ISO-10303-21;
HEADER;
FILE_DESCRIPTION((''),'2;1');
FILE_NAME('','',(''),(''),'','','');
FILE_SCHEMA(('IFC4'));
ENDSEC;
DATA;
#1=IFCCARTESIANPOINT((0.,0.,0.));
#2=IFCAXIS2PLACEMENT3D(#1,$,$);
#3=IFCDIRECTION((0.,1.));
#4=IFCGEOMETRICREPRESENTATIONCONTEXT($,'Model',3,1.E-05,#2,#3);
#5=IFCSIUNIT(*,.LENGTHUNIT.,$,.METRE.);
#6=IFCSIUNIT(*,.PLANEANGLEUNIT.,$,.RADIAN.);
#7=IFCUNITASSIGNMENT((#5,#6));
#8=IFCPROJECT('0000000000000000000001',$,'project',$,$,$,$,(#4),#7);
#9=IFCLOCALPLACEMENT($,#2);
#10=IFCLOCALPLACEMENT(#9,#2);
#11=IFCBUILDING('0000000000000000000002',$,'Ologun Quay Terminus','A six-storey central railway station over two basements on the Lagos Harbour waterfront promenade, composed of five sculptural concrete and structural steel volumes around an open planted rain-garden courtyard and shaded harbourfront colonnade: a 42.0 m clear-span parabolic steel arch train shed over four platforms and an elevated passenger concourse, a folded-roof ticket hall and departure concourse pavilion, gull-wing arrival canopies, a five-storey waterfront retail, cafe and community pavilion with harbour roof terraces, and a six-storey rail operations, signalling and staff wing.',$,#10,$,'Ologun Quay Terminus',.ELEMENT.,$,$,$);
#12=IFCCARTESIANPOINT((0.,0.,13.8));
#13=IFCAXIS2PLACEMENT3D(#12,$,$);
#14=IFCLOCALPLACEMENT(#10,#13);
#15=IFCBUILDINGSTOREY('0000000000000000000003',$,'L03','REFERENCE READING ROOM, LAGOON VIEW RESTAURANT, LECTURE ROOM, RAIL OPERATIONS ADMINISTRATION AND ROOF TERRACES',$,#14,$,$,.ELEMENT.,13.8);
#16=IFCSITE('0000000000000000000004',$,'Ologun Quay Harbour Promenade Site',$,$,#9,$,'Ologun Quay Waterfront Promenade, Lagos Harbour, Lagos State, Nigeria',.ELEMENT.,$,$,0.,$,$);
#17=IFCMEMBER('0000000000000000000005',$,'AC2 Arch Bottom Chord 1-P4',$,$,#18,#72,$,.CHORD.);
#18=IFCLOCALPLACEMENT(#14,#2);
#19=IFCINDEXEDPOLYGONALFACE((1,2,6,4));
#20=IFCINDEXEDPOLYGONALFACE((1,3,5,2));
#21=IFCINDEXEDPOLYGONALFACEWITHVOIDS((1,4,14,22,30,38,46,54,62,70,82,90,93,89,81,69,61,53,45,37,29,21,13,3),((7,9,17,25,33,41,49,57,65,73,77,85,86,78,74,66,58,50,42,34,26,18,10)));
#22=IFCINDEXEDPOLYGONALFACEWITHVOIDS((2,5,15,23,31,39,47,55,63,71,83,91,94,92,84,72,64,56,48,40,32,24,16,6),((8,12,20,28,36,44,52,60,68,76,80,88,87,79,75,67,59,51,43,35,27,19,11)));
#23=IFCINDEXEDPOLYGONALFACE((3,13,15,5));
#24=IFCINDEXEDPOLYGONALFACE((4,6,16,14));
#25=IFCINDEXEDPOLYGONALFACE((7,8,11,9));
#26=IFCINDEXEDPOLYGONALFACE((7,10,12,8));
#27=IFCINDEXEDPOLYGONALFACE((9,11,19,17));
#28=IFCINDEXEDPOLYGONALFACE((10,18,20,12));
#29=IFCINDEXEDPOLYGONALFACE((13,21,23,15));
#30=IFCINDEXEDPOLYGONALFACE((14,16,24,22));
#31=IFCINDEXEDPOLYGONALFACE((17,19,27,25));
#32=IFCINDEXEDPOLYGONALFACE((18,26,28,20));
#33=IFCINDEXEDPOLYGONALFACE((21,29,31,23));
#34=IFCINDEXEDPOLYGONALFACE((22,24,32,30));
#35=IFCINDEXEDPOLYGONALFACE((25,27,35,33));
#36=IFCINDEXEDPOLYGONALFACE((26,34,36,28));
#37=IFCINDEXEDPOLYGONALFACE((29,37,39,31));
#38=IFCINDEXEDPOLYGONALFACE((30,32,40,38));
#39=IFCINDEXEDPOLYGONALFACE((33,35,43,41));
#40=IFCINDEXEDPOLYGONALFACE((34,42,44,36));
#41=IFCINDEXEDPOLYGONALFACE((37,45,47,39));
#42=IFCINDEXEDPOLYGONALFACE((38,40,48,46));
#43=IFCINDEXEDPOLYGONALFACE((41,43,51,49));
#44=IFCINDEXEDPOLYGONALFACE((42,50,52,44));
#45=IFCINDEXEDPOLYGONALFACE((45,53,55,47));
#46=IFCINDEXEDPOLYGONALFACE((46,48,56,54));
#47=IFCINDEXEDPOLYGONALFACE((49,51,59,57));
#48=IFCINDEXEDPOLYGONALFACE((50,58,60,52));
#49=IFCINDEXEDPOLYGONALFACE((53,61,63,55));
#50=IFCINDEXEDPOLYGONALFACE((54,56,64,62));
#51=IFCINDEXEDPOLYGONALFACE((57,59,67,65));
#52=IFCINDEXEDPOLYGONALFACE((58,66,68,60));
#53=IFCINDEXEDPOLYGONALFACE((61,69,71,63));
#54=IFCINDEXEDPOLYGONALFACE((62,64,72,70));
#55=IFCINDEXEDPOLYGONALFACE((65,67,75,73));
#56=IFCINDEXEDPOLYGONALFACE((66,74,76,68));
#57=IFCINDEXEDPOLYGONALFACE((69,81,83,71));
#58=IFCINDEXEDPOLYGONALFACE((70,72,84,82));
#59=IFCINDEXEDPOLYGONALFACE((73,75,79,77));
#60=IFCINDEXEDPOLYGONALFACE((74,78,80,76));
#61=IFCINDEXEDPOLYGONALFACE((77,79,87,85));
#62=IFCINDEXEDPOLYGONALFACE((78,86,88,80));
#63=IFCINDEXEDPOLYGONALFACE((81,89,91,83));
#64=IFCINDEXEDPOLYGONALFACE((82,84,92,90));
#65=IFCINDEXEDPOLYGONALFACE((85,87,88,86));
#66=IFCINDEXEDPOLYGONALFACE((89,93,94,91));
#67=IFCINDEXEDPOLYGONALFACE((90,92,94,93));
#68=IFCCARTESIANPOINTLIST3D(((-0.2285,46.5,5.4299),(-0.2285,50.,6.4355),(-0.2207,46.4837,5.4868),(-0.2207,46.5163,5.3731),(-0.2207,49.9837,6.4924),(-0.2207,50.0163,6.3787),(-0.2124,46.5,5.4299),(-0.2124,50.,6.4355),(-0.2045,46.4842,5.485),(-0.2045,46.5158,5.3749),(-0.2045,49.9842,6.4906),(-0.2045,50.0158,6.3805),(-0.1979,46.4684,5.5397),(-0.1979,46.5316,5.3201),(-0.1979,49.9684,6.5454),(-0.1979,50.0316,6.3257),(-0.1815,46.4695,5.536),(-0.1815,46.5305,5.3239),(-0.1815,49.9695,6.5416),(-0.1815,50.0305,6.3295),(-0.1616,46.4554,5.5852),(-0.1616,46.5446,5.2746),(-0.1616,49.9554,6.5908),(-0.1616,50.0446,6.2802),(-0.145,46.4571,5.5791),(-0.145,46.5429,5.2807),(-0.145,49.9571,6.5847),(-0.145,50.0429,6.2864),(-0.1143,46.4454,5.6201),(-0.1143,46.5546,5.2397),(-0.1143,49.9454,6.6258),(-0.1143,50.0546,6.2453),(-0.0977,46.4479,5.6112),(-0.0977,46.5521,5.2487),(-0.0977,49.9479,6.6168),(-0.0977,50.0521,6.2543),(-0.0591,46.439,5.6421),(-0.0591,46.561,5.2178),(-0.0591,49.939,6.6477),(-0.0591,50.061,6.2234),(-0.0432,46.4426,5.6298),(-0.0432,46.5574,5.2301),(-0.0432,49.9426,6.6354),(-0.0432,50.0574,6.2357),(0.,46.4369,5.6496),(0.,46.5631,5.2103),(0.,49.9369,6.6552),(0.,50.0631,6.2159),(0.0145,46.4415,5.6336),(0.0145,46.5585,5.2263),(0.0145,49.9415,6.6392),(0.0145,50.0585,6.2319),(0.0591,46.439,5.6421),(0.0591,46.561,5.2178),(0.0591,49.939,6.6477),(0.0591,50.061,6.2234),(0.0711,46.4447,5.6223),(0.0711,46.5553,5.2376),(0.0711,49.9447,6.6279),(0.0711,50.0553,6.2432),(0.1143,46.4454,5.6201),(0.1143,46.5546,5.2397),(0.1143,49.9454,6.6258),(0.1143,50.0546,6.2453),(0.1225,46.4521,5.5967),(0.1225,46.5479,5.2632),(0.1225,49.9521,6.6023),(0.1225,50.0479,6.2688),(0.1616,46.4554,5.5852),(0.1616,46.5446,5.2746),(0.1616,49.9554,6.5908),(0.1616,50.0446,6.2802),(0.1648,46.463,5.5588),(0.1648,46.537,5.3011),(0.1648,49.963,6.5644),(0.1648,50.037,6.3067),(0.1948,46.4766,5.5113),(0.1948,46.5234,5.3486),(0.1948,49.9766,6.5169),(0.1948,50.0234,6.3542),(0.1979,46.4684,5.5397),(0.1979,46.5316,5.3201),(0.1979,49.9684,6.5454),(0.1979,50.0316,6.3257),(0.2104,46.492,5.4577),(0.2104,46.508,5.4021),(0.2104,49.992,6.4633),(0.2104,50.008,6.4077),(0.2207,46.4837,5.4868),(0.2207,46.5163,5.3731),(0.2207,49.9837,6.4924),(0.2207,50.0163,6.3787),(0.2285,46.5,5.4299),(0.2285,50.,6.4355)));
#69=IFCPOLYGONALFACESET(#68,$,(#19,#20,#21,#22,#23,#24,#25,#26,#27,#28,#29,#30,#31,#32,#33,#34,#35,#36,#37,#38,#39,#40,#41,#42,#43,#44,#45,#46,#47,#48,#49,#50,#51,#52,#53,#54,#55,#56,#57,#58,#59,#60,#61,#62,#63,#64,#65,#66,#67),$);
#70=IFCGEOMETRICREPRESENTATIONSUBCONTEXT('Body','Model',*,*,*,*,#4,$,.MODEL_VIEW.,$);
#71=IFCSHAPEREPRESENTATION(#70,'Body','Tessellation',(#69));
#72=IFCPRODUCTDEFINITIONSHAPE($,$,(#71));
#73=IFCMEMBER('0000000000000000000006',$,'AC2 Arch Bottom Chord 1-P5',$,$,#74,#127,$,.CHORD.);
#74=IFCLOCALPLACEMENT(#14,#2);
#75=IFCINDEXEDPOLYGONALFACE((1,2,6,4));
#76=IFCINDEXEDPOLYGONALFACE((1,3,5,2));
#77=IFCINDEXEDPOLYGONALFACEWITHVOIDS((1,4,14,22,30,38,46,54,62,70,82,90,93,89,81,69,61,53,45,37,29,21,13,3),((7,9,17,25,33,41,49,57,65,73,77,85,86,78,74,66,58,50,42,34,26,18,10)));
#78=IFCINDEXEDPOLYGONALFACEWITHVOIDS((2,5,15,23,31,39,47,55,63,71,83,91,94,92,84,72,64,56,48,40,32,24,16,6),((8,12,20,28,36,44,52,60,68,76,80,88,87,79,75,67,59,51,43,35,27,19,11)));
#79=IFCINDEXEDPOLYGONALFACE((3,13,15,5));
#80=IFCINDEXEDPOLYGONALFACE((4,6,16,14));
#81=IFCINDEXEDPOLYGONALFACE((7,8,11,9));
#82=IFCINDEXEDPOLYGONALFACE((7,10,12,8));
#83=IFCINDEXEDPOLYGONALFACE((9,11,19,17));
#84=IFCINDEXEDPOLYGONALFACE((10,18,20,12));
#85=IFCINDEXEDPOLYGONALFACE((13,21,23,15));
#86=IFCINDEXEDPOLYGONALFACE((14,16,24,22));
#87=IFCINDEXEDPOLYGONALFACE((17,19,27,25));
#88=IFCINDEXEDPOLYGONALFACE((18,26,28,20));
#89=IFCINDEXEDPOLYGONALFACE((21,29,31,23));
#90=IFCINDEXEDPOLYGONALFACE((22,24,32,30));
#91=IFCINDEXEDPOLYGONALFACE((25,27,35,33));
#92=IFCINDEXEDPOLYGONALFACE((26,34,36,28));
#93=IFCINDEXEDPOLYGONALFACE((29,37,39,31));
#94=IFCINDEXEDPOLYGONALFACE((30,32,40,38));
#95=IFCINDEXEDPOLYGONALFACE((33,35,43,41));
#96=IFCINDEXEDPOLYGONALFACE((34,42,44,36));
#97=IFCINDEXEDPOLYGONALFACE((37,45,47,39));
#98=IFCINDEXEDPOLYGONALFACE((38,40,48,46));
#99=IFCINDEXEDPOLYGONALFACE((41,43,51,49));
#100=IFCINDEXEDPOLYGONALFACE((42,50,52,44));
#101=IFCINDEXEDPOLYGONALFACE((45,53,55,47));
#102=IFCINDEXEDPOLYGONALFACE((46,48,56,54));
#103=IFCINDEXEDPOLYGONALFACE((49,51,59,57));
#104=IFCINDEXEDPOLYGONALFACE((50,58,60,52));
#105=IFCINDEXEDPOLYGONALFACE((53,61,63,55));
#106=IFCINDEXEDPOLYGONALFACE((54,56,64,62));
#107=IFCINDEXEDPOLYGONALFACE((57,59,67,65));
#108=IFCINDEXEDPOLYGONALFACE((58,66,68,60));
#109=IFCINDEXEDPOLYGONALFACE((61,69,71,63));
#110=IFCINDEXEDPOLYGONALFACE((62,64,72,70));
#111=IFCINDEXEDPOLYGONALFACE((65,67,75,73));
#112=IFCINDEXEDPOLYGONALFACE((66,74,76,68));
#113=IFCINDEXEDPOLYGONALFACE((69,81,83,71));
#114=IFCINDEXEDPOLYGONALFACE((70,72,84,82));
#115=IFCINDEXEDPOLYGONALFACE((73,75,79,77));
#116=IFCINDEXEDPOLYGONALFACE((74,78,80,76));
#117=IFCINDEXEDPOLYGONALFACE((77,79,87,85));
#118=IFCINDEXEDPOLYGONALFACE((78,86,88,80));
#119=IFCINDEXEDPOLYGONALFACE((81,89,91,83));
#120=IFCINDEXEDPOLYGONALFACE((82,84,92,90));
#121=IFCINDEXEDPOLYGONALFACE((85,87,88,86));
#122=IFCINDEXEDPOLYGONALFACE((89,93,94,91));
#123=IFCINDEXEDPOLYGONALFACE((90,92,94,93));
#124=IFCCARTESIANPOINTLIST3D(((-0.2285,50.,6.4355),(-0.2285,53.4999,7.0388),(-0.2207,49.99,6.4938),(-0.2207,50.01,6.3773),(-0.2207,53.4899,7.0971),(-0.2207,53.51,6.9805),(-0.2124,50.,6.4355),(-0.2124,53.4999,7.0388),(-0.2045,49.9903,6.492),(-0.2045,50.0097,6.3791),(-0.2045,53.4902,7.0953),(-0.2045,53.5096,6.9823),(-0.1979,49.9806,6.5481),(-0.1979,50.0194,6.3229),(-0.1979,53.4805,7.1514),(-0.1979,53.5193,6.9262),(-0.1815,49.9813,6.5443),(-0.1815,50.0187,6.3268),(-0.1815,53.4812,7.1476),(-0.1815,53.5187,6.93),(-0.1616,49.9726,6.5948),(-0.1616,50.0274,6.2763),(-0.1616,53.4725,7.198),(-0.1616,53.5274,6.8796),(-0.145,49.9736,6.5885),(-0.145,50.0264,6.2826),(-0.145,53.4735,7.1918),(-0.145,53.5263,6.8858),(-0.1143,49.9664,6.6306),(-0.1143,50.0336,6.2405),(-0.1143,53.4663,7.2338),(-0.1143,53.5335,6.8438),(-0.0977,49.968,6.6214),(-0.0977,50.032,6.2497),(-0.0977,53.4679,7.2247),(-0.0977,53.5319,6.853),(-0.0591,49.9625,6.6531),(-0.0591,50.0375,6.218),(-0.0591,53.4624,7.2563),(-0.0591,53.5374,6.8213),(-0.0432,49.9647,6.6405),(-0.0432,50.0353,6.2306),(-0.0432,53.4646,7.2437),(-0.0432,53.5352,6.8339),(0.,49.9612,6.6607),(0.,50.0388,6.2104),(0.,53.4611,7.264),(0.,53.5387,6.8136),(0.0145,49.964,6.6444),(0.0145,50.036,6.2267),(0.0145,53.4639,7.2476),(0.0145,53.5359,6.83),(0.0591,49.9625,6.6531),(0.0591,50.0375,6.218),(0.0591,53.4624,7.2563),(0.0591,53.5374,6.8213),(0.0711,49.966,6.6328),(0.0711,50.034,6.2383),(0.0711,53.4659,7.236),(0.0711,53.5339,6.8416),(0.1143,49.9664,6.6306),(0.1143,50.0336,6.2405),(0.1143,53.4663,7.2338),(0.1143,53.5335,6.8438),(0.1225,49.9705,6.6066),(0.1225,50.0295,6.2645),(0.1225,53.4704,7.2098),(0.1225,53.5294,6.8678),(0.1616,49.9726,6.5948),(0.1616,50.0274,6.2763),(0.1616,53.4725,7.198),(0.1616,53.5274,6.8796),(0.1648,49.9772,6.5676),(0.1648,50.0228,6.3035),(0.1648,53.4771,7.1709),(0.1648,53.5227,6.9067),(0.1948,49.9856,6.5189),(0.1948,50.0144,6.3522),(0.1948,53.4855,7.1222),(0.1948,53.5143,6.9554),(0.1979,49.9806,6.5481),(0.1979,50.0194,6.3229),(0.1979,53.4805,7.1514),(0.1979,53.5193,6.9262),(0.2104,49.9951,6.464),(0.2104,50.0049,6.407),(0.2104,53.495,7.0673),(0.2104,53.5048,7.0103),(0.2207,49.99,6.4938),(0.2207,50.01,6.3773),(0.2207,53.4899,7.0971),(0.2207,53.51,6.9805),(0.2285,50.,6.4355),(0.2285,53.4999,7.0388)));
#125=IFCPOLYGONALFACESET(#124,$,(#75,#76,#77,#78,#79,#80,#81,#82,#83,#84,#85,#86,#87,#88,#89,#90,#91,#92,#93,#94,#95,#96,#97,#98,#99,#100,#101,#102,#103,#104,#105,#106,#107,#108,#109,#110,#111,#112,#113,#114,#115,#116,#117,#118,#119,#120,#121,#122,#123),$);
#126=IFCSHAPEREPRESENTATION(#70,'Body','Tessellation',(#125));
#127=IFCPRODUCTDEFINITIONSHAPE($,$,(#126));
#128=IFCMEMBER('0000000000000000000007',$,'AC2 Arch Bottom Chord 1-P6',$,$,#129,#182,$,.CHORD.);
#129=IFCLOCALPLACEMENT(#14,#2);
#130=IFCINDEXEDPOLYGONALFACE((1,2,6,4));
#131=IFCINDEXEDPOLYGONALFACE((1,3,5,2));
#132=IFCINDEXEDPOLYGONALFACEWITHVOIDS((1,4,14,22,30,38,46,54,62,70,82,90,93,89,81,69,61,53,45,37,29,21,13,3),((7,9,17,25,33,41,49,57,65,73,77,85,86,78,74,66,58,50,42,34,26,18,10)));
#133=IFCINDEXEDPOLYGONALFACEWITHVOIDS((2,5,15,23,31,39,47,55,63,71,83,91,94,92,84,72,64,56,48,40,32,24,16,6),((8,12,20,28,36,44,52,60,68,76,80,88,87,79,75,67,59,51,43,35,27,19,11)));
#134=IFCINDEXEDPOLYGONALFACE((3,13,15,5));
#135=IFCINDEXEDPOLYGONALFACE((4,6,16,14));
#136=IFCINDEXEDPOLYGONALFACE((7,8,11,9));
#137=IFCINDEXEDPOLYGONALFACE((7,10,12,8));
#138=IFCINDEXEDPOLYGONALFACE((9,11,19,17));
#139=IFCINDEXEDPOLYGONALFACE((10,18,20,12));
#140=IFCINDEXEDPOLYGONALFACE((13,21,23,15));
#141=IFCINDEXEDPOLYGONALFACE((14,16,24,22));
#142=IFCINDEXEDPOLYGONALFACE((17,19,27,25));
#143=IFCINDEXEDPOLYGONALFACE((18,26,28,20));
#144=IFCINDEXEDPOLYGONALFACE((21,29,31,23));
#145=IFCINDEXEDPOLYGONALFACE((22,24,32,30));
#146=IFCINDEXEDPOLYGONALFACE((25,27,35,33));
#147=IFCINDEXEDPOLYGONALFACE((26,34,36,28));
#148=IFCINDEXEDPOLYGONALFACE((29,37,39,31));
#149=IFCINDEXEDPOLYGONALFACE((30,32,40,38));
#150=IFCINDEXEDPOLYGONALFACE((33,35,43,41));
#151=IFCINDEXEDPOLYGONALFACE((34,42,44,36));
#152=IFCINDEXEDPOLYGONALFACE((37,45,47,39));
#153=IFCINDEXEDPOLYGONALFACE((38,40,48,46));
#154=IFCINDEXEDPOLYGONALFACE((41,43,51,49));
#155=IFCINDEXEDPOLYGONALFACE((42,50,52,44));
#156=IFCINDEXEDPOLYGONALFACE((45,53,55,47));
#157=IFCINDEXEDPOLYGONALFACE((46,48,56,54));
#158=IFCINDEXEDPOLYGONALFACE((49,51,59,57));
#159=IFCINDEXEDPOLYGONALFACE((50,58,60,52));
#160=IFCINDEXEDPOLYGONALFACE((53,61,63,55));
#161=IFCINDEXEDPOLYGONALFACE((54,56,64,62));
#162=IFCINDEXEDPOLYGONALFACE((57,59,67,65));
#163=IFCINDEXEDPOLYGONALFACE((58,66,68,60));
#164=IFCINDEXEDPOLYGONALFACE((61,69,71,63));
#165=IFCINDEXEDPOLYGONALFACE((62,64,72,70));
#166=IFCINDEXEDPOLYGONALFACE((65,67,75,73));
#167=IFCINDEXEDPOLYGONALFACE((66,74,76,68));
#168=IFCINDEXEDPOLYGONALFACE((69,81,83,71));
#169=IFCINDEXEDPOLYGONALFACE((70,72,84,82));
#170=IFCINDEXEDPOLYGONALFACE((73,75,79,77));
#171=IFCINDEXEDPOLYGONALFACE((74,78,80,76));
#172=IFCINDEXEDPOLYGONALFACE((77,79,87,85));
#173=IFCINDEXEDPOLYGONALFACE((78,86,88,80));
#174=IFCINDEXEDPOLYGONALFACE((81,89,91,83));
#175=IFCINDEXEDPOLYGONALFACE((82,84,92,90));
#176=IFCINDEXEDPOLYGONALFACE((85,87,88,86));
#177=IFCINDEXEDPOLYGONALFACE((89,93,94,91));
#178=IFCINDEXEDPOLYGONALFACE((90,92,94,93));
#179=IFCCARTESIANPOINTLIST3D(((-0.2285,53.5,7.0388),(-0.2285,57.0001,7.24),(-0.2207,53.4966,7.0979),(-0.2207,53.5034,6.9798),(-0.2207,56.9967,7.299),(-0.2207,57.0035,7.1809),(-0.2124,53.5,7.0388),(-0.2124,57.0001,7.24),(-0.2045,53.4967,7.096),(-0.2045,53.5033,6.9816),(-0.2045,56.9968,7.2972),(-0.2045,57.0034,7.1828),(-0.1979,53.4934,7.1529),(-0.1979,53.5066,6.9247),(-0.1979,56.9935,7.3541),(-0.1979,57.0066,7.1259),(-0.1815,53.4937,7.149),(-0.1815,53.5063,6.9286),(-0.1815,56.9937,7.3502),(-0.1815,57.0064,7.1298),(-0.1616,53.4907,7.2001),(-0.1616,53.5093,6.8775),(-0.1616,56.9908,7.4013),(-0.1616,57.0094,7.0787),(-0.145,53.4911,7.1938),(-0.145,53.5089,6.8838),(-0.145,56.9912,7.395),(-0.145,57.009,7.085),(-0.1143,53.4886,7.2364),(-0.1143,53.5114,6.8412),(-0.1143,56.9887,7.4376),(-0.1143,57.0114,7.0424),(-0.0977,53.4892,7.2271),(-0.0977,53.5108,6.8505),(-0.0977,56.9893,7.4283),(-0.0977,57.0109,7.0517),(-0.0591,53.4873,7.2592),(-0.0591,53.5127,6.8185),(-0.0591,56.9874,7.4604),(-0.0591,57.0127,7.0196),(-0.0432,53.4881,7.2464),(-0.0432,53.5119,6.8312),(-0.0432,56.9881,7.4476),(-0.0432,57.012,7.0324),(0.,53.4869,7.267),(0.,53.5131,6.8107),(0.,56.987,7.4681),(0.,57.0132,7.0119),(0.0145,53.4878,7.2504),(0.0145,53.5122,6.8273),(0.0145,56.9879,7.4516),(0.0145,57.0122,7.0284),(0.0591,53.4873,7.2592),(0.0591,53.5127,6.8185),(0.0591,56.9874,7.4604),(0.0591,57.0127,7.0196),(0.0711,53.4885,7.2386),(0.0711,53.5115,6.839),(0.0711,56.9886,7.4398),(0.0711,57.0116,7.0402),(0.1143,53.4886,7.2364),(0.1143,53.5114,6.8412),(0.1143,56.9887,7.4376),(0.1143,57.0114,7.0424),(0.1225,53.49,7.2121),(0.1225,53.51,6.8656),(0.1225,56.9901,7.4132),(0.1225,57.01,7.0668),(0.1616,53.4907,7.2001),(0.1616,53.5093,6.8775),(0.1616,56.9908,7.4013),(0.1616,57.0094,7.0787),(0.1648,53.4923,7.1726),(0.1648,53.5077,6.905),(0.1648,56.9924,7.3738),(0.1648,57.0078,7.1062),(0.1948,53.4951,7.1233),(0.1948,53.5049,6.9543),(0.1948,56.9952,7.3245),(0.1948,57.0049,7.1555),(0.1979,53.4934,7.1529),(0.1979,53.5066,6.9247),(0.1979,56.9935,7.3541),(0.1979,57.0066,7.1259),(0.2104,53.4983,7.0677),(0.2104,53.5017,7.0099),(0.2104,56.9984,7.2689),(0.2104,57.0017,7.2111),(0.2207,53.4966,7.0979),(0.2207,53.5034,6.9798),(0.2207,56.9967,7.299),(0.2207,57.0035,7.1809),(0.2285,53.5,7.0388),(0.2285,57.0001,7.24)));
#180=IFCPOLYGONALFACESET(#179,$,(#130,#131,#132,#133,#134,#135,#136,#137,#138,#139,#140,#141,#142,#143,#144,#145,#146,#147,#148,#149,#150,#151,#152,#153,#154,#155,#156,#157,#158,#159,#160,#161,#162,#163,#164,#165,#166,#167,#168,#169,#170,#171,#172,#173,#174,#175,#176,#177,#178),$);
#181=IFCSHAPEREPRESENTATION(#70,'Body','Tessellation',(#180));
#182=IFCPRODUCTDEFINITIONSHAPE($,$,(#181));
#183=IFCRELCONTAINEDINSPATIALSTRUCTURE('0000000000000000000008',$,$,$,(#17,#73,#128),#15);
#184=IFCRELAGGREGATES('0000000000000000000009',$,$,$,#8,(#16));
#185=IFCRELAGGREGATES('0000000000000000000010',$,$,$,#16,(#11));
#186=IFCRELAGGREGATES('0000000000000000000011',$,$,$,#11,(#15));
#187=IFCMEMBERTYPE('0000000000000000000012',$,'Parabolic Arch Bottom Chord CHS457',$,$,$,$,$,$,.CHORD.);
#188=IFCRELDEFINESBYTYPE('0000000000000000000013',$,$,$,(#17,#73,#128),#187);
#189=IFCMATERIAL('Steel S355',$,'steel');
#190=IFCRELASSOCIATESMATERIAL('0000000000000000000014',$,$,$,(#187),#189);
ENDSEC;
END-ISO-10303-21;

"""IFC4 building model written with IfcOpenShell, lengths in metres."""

from ifc_helpers import new_model, si_unit, direction, frame, origin, origin_2d, place, context, subcontext, project, spatial, hollow_circle, extrude, material, material_profile, profile_set, type_object, element, save


model = new_model("IFC4")

# Units and contexts
model_context = context("Model", 3, precision=1e-05, world=origin(), true_north=direction((0.0, 1.0)))
body_context = subcontext(model_context, "Body", "Model", "MODEL_VIEW")
ifc_project = project(units=[si_unit("LENGTHUNIT", "METRE"), si_unit("PLANEANGLEUNIT", "RADIAN")], contexts=[model_context])

# Site, building, storey
site_placement = place(None, origin())
site = spatial("IfcSite", under=ifc_project, at=site_placement, Name="Ologun Quay Harbour Promenade Site", LongName="Ologun Quay Waterfront Promenade, Lagos Harbour, Lagos State, Nigeria", CompositionType="ELEMENT", RefElevation=0.0)
building_placement = place(site_placement, origin())
building = spatial("IfcBuilding", under=site, at=building_placement, Name="Ologun Quay Terminus", Description="A six-storey central railway station over two basements on the Lagos Harbour waterfront promenade, composed of five sculptural concrete and structural steel volumes around an open planted rain-garden courtyard and shaded harbourfront colonnade: a 42.0 m clear-span parabolic steel arch train shed over four platforms and an elevated passenger concourse, a folded-roof ticket hall and departure concourse pavilion, gull-wing arrival canopies, a five-storey waterfront retail, cafe and community pavilion with harbour roof terraces, and a six-storey rail operations, signalling and staff wing.", LongName="Ologun Quay Terminus", CompositionType="ELEMENT")
storey_placement = place(building_placement, frame((0.0, 0.0, 13.8)))
storey = spatial("IfcBuildingStorey", under=building, at=storey_placement, Name="L03", Description="REFERENCE READING ROOM, LAGOON VIEW RESTAURANT, LECTURE ROOM, RAIL OPERATIONS ADMINISTRATION AND ROOF TERRACES", CompositionType="ELEMENT", Elevation=13.8)

# Members
ifc_material_1 = material(Name="Steel S355", Category="steel")
ifc_material_profile_1 = material_profile(ifc_material_1, hollow_circle(Radius=0.2285, WallThickness=0.0161, at=origin_2d()), Name="CHS 457x16")
ifc_profile_set_1 = profile_set([ifc_material_profile_1], Name="Steel S355")
member_type_1 = type_object("IfcMemberType", Name="Parabolic Arch Bottom Chord CHS457", PredefinedType="CHORD", material=ifc_profile_set_1)
member_1_placement = place(storey_placement, frame((0.0, 46.5, 5.4299), z_axis=(0.0, 0.961116, 0.276146), x_axis=(-1.0, 0.0, 0.0)))
element("IfcMember", 1, at=member_1_placement, inside=storey, type_object=member_type_1, Name="AC2 Arch Bottom Chord 1-P4", PredefinedType="CHORD", context=body_context, shape_type="SweptSolid", body=[
    extrude(hollow_circle(Radius=0.2285, WallThickness=0.0161, at=origin_2d()), origin(), (0.0, 0.0, 1.0), 3.6416),
])
member_2_placement = place(storey_placement, frame((0.0, 50.0, 6.4355), z_axis=(0.0, 0.985468, 0.169859), x_axis=(-1.0, 0.0, 0.0)))
element("IfcMember", 2, at=member_2_placement, inside=storey, type_object=member_type_1, Name="AC2 Arch Bottom Chord 1-P5", PredefinedType="CHORD", context=body_context, shape_type="SweptSolid", body=[
    extrude(hollow_circle(Radius=0.2285, WallThickness=0.0161, at=origin_2d()), origin(), (0.0, 0.0, 1.0), 3.5515),
])
member_3_placement = place(storey_placement, frame((0.0, 53.5, 7.0388), z_axis=(0.0, 0.998352, 0.057383), x_axis=(-1.0, 0.0, 0.0)))
element("IfcMember", 3, at=member_3_placement, inside=storey, type_object=member_type_1, Name="AC2 Arch Bottom Chord 1-P6", PredefinedType="CHORD", context=body_context, shape_type="SweptSolid", body=[
    extrude(hollow_circle(Radius=0.2285, WallThickness=0.0161, at=origin_2d()), origin(), (0.0, 0.0, 1.0), 3.5059),
])

save(model, "model.ifc")
